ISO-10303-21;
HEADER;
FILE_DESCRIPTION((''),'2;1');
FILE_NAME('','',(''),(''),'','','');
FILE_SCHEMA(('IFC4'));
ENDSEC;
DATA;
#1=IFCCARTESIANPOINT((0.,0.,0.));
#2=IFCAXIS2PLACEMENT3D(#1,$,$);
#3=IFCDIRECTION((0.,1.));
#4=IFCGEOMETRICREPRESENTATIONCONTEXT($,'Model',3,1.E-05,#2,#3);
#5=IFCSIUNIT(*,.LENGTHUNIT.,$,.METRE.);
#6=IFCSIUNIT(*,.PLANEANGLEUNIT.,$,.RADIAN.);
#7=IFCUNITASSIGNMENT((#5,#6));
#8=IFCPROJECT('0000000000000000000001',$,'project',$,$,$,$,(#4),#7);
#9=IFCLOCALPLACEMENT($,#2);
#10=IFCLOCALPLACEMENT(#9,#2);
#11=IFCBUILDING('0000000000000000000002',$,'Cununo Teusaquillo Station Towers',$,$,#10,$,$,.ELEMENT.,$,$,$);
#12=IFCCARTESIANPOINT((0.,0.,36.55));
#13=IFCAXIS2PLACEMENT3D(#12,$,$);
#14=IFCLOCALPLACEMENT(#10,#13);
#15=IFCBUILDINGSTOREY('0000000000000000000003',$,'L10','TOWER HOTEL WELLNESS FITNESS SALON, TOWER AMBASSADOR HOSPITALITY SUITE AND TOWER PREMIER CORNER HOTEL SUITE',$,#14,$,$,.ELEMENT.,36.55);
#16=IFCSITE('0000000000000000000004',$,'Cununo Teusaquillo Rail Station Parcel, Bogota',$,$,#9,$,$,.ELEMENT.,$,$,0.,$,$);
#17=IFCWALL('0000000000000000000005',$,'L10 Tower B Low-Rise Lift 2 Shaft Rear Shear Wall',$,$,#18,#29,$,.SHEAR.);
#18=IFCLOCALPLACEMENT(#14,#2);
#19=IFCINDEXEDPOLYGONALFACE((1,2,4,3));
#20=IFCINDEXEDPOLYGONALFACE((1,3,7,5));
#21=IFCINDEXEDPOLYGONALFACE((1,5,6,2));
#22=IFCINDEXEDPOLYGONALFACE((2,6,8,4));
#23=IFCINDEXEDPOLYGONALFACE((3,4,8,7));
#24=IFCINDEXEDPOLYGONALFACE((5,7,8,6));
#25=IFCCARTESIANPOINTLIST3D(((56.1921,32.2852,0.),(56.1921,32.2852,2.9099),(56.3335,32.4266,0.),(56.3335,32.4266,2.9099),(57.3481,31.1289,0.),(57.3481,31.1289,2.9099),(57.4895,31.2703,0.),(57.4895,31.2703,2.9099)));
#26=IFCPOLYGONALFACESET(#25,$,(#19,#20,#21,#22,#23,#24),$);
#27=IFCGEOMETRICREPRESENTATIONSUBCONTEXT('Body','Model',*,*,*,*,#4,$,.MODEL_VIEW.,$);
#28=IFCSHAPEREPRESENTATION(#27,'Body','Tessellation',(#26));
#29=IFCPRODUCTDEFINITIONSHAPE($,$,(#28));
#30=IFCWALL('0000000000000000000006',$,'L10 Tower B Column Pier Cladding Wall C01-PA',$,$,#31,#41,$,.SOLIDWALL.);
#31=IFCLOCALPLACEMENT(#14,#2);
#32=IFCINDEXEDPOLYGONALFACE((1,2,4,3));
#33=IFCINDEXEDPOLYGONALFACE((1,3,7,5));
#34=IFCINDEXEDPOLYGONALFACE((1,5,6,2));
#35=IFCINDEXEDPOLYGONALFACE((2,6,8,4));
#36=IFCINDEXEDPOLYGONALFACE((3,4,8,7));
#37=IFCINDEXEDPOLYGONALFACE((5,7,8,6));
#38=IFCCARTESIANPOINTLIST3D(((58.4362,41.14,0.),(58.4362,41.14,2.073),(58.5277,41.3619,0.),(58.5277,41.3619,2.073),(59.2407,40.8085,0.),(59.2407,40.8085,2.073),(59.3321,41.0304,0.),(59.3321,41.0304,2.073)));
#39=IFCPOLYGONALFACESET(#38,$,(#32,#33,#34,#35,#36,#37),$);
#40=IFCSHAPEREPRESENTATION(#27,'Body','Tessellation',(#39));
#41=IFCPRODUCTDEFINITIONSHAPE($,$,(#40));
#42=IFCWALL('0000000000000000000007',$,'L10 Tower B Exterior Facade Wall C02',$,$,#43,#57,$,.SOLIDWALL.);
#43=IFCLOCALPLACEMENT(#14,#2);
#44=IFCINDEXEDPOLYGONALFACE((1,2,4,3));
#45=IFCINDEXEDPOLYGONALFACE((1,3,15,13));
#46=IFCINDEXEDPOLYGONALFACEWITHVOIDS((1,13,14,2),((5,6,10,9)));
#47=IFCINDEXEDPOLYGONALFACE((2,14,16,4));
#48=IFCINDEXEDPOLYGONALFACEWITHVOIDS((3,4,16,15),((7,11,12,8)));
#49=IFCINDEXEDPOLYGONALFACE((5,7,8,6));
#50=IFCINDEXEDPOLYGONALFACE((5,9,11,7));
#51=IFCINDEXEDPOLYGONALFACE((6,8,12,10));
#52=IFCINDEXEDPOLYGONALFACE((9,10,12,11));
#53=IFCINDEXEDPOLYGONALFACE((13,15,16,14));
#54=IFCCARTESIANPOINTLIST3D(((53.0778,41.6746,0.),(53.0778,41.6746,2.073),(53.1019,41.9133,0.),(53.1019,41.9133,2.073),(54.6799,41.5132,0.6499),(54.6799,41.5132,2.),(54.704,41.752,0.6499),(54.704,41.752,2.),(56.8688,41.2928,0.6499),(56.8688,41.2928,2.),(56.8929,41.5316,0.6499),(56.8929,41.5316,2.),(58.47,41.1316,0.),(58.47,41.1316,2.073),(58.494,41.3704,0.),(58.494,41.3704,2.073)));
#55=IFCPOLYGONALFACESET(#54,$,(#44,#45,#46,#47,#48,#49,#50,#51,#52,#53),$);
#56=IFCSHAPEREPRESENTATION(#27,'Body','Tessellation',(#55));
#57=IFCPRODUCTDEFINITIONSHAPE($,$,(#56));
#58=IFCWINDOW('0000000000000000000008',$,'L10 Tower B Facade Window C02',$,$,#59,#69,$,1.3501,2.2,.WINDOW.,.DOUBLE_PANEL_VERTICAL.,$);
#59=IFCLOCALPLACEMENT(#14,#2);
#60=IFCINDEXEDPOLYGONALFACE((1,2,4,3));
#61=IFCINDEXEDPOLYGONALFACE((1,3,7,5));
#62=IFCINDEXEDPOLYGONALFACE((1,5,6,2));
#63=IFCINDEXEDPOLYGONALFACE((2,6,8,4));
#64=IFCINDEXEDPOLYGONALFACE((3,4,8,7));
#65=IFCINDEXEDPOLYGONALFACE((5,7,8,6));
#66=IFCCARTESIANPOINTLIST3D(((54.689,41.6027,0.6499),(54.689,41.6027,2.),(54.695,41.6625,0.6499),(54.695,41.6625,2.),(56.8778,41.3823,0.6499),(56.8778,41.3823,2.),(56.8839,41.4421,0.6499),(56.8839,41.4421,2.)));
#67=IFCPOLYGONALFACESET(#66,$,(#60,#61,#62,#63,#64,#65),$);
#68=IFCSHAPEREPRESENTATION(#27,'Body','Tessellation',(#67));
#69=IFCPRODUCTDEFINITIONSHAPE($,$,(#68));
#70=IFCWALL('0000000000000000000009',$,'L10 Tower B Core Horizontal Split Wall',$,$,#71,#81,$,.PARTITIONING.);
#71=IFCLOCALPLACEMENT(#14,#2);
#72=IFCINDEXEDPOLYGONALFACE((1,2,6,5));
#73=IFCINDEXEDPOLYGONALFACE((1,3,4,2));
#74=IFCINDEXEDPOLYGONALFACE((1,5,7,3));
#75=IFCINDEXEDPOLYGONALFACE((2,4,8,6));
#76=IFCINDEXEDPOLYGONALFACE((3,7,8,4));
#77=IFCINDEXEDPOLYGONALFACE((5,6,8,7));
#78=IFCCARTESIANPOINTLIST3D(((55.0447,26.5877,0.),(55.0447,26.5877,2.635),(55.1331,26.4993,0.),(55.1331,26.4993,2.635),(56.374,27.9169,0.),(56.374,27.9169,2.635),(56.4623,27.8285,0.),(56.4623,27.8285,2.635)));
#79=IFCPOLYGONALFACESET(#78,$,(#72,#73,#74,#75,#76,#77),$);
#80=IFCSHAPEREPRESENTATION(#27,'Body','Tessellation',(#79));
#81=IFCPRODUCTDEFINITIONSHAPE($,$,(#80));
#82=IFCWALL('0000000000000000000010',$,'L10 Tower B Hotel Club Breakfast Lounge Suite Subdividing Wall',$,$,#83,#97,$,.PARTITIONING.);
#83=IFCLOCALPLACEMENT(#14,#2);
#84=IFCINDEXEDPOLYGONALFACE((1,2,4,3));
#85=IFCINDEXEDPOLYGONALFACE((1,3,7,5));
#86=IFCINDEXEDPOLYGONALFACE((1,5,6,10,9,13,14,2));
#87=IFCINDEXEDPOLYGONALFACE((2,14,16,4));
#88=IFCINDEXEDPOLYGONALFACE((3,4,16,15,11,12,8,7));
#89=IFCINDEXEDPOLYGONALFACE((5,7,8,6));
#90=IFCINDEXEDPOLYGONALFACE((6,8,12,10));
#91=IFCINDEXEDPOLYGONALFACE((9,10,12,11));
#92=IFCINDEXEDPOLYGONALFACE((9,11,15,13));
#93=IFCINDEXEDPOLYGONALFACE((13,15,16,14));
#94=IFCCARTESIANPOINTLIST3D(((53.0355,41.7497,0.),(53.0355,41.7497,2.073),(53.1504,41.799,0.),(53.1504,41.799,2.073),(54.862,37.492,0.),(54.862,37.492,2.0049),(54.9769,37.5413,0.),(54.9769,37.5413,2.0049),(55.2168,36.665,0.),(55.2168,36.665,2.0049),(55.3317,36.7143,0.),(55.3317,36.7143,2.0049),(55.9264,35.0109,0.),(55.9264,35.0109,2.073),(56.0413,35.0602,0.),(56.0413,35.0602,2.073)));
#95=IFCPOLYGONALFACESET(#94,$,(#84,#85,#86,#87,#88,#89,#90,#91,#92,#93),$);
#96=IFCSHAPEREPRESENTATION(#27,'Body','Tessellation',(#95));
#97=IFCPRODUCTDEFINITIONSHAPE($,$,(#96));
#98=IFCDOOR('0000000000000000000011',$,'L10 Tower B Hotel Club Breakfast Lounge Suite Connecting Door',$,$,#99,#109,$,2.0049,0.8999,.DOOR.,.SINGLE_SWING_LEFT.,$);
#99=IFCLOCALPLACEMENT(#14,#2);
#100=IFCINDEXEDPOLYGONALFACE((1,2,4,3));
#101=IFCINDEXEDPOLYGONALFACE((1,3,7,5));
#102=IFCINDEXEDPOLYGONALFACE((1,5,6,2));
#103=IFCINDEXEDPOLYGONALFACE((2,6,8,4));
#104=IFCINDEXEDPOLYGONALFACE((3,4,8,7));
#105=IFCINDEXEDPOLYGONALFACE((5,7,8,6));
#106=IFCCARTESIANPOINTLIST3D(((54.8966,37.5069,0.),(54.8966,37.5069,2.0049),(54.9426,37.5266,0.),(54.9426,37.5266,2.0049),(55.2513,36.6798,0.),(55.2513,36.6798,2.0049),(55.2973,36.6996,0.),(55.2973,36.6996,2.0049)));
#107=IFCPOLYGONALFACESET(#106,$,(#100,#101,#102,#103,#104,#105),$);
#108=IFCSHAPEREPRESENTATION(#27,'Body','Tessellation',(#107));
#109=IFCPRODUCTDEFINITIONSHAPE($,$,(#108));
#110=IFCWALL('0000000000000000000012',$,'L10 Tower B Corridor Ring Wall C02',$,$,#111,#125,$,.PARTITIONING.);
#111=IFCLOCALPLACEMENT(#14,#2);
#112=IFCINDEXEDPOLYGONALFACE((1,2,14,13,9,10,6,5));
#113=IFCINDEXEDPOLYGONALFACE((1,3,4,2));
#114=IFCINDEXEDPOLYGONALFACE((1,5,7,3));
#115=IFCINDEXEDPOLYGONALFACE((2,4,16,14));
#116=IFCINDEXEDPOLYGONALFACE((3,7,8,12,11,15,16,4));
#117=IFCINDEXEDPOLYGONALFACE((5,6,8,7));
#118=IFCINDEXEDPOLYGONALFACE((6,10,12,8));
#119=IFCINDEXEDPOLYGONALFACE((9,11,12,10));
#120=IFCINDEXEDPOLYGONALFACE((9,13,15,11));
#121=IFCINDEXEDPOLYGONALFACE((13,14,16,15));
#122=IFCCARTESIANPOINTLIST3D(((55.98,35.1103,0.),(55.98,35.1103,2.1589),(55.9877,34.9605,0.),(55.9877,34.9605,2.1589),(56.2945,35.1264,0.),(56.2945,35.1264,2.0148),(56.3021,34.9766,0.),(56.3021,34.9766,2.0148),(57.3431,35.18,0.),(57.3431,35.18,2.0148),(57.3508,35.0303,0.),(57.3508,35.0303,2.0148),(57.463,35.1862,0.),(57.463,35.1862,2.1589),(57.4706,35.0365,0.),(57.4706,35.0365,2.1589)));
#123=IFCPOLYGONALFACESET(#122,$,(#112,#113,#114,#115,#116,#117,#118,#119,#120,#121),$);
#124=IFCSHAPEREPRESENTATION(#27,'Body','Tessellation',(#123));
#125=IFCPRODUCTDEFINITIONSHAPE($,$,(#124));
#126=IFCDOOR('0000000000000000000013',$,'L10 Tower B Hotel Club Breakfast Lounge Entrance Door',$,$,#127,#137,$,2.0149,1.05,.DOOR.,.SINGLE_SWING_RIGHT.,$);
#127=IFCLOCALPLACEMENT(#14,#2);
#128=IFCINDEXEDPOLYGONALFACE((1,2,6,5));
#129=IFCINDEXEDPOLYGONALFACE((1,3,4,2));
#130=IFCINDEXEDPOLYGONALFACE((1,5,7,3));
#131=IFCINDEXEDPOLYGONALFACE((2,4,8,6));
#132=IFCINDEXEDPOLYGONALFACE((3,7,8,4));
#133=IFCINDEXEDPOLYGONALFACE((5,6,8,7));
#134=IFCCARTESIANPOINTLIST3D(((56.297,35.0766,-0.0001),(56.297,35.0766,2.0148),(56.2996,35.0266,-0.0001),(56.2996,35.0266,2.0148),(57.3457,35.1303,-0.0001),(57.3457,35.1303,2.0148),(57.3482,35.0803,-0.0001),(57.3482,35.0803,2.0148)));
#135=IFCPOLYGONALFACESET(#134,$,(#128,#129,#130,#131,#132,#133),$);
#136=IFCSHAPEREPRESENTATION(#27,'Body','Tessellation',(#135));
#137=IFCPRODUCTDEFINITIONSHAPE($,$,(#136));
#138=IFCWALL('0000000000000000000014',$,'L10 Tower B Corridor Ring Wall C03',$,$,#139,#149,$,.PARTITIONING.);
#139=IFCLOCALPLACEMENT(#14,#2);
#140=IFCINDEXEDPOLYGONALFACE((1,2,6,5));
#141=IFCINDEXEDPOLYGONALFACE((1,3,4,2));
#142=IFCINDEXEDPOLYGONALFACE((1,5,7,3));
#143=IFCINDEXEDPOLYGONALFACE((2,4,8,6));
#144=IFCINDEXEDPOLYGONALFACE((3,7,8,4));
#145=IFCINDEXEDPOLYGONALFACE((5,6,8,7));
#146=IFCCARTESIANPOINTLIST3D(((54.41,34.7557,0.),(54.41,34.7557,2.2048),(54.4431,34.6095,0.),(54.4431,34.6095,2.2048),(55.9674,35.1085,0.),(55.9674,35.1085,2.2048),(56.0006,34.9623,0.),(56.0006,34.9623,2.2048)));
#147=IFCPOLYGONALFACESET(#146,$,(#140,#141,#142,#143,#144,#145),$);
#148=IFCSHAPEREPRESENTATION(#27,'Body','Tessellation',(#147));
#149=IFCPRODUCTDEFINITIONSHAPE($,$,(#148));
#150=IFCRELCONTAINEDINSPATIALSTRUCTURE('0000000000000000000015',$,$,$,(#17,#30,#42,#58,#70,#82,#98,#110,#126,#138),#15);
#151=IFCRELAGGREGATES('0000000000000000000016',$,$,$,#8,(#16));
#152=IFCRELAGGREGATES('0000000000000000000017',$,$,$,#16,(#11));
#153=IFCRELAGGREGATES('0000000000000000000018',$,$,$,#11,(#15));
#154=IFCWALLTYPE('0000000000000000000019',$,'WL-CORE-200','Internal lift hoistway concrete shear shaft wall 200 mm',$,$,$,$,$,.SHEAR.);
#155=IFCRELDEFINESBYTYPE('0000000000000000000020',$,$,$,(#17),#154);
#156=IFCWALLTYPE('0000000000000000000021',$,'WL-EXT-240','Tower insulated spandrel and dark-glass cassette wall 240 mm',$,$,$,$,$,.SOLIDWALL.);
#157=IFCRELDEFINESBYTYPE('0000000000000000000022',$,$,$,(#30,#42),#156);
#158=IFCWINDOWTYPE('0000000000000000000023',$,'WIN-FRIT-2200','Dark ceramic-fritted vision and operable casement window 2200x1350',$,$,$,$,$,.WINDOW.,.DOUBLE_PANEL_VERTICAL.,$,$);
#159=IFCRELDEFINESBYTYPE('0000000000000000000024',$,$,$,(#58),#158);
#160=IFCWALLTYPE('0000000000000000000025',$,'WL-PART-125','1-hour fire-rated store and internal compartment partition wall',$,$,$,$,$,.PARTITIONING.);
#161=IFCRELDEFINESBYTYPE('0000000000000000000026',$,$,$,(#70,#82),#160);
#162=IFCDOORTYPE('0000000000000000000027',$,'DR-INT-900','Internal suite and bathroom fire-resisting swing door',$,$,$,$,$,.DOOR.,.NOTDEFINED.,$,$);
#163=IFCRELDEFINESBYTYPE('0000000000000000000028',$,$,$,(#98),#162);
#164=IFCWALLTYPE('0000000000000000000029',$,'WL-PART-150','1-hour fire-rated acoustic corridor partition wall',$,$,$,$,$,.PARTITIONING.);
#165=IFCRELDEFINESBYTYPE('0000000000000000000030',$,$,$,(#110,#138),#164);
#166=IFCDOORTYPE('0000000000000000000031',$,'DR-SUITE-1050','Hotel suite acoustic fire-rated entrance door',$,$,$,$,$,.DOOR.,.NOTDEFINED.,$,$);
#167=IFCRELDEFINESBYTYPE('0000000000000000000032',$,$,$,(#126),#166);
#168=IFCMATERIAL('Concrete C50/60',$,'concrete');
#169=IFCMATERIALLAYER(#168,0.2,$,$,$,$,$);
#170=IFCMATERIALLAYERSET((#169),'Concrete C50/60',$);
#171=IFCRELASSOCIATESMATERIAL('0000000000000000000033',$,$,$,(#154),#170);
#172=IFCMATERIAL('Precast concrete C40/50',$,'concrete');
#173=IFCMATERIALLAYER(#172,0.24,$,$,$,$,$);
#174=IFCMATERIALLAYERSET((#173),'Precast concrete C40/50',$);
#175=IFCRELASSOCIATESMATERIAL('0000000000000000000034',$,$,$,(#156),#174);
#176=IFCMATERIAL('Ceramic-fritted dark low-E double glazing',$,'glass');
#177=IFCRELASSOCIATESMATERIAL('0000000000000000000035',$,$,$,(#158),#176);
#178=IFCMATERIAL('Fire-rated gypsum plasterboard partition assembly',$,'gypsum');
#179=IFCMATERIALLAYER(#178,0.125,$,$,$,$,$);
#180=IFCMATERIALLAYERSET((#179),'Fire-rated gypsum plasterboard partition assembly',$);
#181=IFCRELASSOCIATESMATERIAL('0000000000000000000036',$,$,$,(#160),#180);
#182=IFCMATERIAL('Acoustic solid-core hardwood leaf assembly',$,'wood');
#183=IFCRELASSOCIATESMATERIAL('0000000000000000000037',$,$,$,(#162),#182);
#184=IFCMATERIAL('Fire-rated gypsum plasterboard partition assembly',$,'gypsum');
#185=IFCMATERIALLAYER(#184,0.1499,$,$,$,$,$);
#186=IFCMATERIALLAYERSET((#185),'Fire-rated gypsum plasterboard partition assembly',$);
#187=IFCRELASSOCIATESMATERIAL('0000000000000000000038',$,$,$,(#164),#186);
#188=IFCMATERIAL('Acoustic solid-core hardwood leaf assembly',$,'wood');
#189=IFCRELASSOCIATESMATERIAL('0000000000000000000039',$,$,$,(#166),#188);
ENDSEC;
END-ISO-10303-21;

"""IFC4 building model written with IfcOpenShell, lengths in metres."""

from ifc_helpers import new_model, si_unit, direction, frame, frame_2d, origin, place, context, subcontext, project, spatial, rectangle, extrude, source, transform, mapped, material, layer, layer_set, type_object, element, fill, save


model = new_model("IFC4")

# Units and contexts
model_context = context("Model", 3, precision=1e-05, world=origin(), true_north=direction((0.0, 1.0)))
body_context = subcontext(model_context, "Body", "Model", "MODEL_VIEW")
ifc_project = project(units=[si_unit("LENGTHUNIT", "METRE"), si_unit("PLANEANGLEUNIT", "RADIAN")], contexts=[model_context])

# Site, building, storey
site_placement = place(None, origin())
site = spatial("IfcSite", under=ifc_project, at=site_placement, Name="Cununo Teusaquillo Rail Station Parcel, Bogota", CompositionType="ELEMENT", RefElevation=0.0)
building_placement = place(site_placement, origin())
building = spatial("IfcBuilding", under=site, at=building_placement, Name="Cununo Teusaquillo Station Towers", CompositionType="ELEMENT")
storey_placement = place(building_placement, frame((0.0, 0.0, 36.55)))
storey = spatial("IfcBuildingStorey", under=building, at=storey_placement, Name="L10", Description="TOWER HOTEL WELLNESS FITNESS SALON, TOWER AMBASSADOR HOSPITALITY SUITE AND TOWER PREMIER CORNER HOTEL SUITE", CompositionType="ELEMENT", Elevation=36.55)

# Walls
ifc_material_1 = material(Name="Concrete C50/60", Category="concrete")
ifc_layer_1 = layer(ifc_material_1, 0.2)
ifc_layer_set_1 = layer_set([ifc_layer_1], Name="Concrete C50/60")
wall_type_1 = type_object("IfcWallType", Name="WL-CORE-200", Description="Internal lift hoistway concrete shear shaft wall 200 mm", PredefinedType="SHEAR", material=ifc_layer_set_1)
wall_1_placement = place(storey_placement, frame((57.4187, 31.1997, 0.0), z_axis=(0.0, 0.0, 1.0), x_axis=(-0.707032, 0.707181, 0.0)))
element("IfcWall", 1, at=wall_1_placement, inside=storey, type_object=wall_type_1, Name="L10 Tower B Low-Rise Lift 2 Shaft Rear Shear Wall", PredefinedType="SHEAR", context=body_context, shape_type="SweptSolid", body=[
    extrude(rectangle(XDim=1.635, YDim=0.2, at=frame_2d((0.8174, 0.0))), origin(), (0.0, 0.0, 1.0), 2.9099),
])
ifc_material_2 = material(Name="Precast concrete C40/50", Category="concrete")
ifc_layer_2 = layer(ifc_material_2, 0.24)
ifc_layer_set_2 = layer_set([ifc_layer_2], Name="Precast concrete C40/50")
wall_type_2 = type_object("IfcWallType", Name="WL-EXT-240", Description="Tower insulated spandrel and dark-glass cassette wall 240 mm", PredefinedType="SOLIDWALL", material=ifc_layer_set_2)
wall_2_placement = place(storey_placement, frame((58.4819, 41.251, 0.0), z_axis=(0.0, 0.0, 1.0), x_axis=(0.924556, -0.381046, 0.0)))
element("IfcWall", 2, at=wall_2_placement, inside=storey, type_object=wall_type_2, Name="L10 Tower B Column Pier Cladding Wall C01-PA", PredefinedType="SOLIDWALL", context=body_context, shape_type="SweptSolid", body=[
    extrude(rectangle(XDim=0.8701, YDim=0.24, at=frame_2d((0.4351, 0.0))), origin(), (0.0, 0.0, 1.0), 2.073),
])

# Wall, opening, window
wall_3_placement = place(storey_placement, frame((53.0898, 41.7939, 0.0), z_axis=(0.0, 0.0, 1.0), x_axis=(0.994968, -0.100191, 0.0)))
wall_3 = element("IfcWall", 3, at=wall_3_placement, inside=storey, type_object=wall_type_2, Name="L10 Tower B Exterior Facade Wall C02", PredefinedType="SOLIDWALL", context=body_context, shape_type="SweptSolid", body=[
    extrude(rectangle(XDim=5.4194, YDim=0.24, at=frame_2d((2.7097, 0.0))), origin(), (0.0, 0.0, 1.0), 2.073),
])
shared_shape_1 = source(origin(), body_context, "Body", "SweptSolid", [
    extrude(rectangle(XDim=2.2, YDim=1.3501, at=frame_2d((1.1001, 0.675))), frame((0.0, 0.1299, 0.0), z_axis=(0.0, -1.0, 0.0), x_axis=(1.0, 0.0, 0.0)), (0.0, 0.0, 1.0), 0.26),
])
opening_1_placement = place(wall_3_placement, frame((1.6101, 0.0, 0.6499)))
opening_1 = element("IfcOpeningElement", 4, at=opening_1_placement, cuts=wall_3, PredefinedType="OPENING", context=body_context, shape_type="MappedRepresentation", body=[
    mapped(shared_shape_1, transform((0.0, 0.0, 0.0), x_axis=(1.0, 0.0, 0.0), y_axis=(0.0, 1.0, 0.0), z_axis=(0.0, 0.0, 1.0), scale=1.0)),
])
ifc_material_3 = material(Name="Ceramic-fritted dark low-E double glazing", Category="glass")
window_type = type_object("IfcWindowType", Name="WIN-FRIT-2200", Description="Dark ceramic-fritted vision and operable casement window 2200x1350", PartitioningType="DOUBLE_PANEL_VERTICAL", PredefinedType="WINDOW", material=ifc_material_3)
shared_shape_2 = source(origin(), body_context, "Body", "SweptSolid", [
    extrude(rectangle(XDim=2.2, YDim=1.3501, at=frame_2d((1.1001, 0.675))), frame((0.0, 0.03, 0.0), z_axis=(0.0, -1.0, 0.0), x_axis=(1.0, 0.0, 0.0)), (0.0, 0.0, 1.0), 0.0601),
])
window_placement = place(opening_1_placement, origin())
window = element("IfcWindow", 5, at=window_placement, inside=storey, type_object=window_type, Name="L10 Tower B Facade Window C02", OverallHeight=1.3501, OverallWidth=2.2, PartitioningType="DOUBLE_PANEL_VERTICAL", PredefinedType="WINDOW", context=body_context, shape_type="MappedRepresentation", body=[
    mapped(shared_shape_2, transform((0.0, 0.0, 0.0), x_axis=(1.0, 0.0, 0.0), y_axis=(0.0, 1.0, 0.0), z_axis=(0.0, 0.0, 1.0), scale=1.0)),
])
fill(opening_1, window)

# Wall
ifc_material_4 = material(Name="Fire-rated gypsum plasterboard partition assembly", Category="gypsum")
ifc_layer_3 = layer(ifc_material_4, 0.125)
ifc_layer_set_3 = layer_set([ifc_layer_3], Name="Fire-rated gypsum plasterboard partition assembly")
wall_type_3 = type_object("IfcWallType", Name="WL-PART-125", Description="1-hour fire-rated store and internal compartment partition wall", PredefinedType="PARTITIONING", material=ifc_layer_set_3)
wall_4_placement = place(storey_placement, frame((55.0889, 26.5435, 0.0), z_axis=(0.0, 0.0, 1.0), x_axis=(0.707107, 0.707107, 0.0)))
element("IfcWall", 6, at=wall_4_placement, inside=storey, type_object=wall_type_3, Name="L10 Tower B Core Horizontal Split Wall", PredefinedType="PARTITIONING", context=body_context, shape_type="SweptSolid", body=[
    extrude(rectangle(XDim=1.8799, YDim=0.125, at=frame_2d((0.9399, 0.0))), origin(), (0.0, 0.0, 1.0), 2.635),
])

# Walls, openings, doors
wall_5_placement = place(storey_placement, frame((55.9839, 35.0354, 0.0), z_axis=(0.0, 0.0, 1.0), x_axis=(-0.394245, 0.919005, 0.0)))
wall_5 = element("IfcWall", 7, at=wall_5_placement, inside=storey, type_object=wall_type_3, Name="L10 Tower B Hotel Club Breakfast Lounge Suite Subdividing Wall", PredefinedType="PARTITIONING", context=body_context, shape_type="SweptSolid", body=[
    extrude(rectangle(XDim=7.3328, YDim=0.125, at=frame_2d((3.6665, 0.0))), origin(), (0.0, 0.0, 1.0), 2.073),
])
shared_shape_3 = source(origin(), body_context, "Body", "SweptSolid", [
    extrude(rectangle(XDim=0.8999, YDim=2.0049, at=frame_2d((0.45, 1.0024))), frame((0.0, 0.0725, 0.0), z_axis=(0.0, -1.0, 0.0), x_axis=(1.0, 0.0, 0.0)), (0.0, 0.0, 1.0), 0.145),
])
opening_2_placement = place(wall_5_placement, frame((1.8, 0.0, 0.0)))
opening_2 = element("IfcOpeningElement", 8, at=opening_2_placement, cuts=wall_5, PredefinedType="OPENING", context=body_context, shape_type="MappedRepresentation", body=[
    mapped(shared_shape_3, transform((0.0, 0.0, 0.0), x_axis=(1.0, 0.0, 0.0), y_axis=(0.0, 1.0, 0.0), z_axis=(0.0, 0.0, 1.0), scale=1.0)),
])
ifc_material_5 = material(Name="Acoustic solid-core hardwood leaf assembly", Category="wood")
door_type_1 = type_object("IfcDoorType", Name="DR-INT-900", Description="Internal suite and bathroom fire-resisting swing door", OperationType="NOTDEFINED", PredefinedType="DOOR", material=ifc_material_5)
shared_shape_4 = source(origin(), body_context, "Body", "SweptSolid", [
    extrude(rectangle(XDim=0.8999, YDim=2.0049, at=frame_2d((0.45, 1.0024))), frame((0.0, 0.0249, 0.0), z_axis=(0.0, -1.0, 0.0), x_axis=(1.0, 0.0, 0.0)), (0.0, 0.0, 1.0), 0.05),
])
door_1_placement = place(opening_2_placement, origin())
door_1 = element("IfcDoor", 9, at=door_1_placement, inside=storey, type_object=door_type_1, Name="L10 Tower B Hotel Club Breakfast Lounge Suite Connecting Door", OperationType="SINGLE_SWING_LEFT", OverallHeight=2.0049, OverallWidth=0.8999, PredefinedType="DOOR", context=body_context, shape_type="MappedRepresentation", body=[
    mapped(shared_shape_4, transform((0.0, 0.0, 0.0), x_axis=(1.0, 0.0, 0.0), y_axis=(0.0, 1.0, 0.0), z_axis=(0.0, 0.0, 1.0), scale=1.0)),
])
fill(opening_2, door_1)
ifc_material_6 = material(Name="Fire-rated gypsum plasterboard partition assembly", Category="gypsum")
ifc_layer_4 = layer(ifc_material_6, 0.1499)
ifc_layer_set_4 = layer_set([ifc_layer_4], Name="Fire-rated gypsum plasterboard partition assembly")
wall_type_4 = type_object("IfcWallType", Name="WL-PART-150", Description="1-hour fire-rated acoustic corridor partition wall", PredefinedType="PARTITIONING", material=ifc_layer_set_4)
wall_6_placement = place(storey_placement, frame((57.4668, 35.1113, 0.0), z_axis=(0.0, 0.0, 1.0), x_axis=(-0.998692, -0.051135, 0.0)))
wall_6 = element("IfcWall", 10, at=wall_6_placement, inside=storey, type_object=wall_type_4, Name="L10 Tower B Corridor Ring Wall C02", PredefinedType="PARTITIONING", context=body_context, shape_type="SweptSolid", body=[
    extrude(rectangle(XDim=1.4849, YDim=0.1499, at=frame_2d((0.7424, 0.0))), origin(), (0.0, 0.0, 1.0), 2.1589),
])
shared_shape_5 = source(origin(), body_context, "Body", "SweptSolid", [
    extrude(rectangle(XDim=1.05, YDim=2.0149, at=frame_2d((0.5249, 1.0073))), frame((0.0, 0.085, 0.0), z_axis=(0.0, -1.0, 0.0), x_axis=(1.0, 0.0, 0.0)), (0.0, 0.0, 1.0), 0.1699),
])
opening_3_placement = place(wall_6_placement, frame((0.1201, 0.0, 0.0)))
opening_3 = element("IfcOpeningElement", 11, at=opening_3_placement, cuts=wall_6, PredefinedType="OPENING", context=body_context, shape_type="MappedRepresentation", body=[
    mapped(shared_shape_5, transform((0.0, 0.0, 0.0), x_axis=(1.0, 0.0, 0.0), y_axis=(0.0, 1.0, 0.0), z_axis=(0.0, 0.0, 1.0), scale=1.0)),
])
ifc_material_7 = material(Name="Acoustic solid-core hardwood leaf assembly", Category="wood")
door_type_2 = type_object("IfcDoorType", Name="DR-SUITE-1050", Description="Hotel suite acoustic fire-rated entrance door", OperationType="NOTDEFINED", PredefinedType="DOOR", material=ifc_material_7)
shared_shape_6 = source(origin(), body_context, "Body", "SweptSolid", [
    extrude(rectangle(XDim=1.05, YDim=2.0149, at=frame_2d((0.5249, 1.0073))), frame((0.0, 0.0249, 0.0), z_axis=(0.0, -1.0, 0.0), x_axis=(1.0, 0.0, 0.0)), (0.0, 0.0, 1.0), 0.05),
])
door_2_placement = place(opening_3_placement, origin())
door_2 = element("IfcDoor", 12, at=door_2_placement, inside=storey, type_object=door_type_2, Name="L10 Tower B Hotel Club Breakfast Lounge Entrance Door", OperationType="SINGLE_SWING_RIGHT", OverallHeight=2.0149, OverallWidth=1.05, PredefinedType="DOOR", context=body_context, shape_type="MappedRepresentation", body=[
    mapped(shared_shape_6, transform((0.0, 0.0, 0.0), x_axis=(1.0, 0.0, 0.0), y_axis=(0.0, 1.0, 0.0), z_axis=(0.0, 0.0, 1.0), scale=1.0)),
])
fill(opening_3, door_2)

# Wall
wall_7_placement = place(storey_placement, frame((55.9839, 35.0354, 0.0), z_axis=(0.0, 0.0, 1.0), x_axis=(-0.97529, -0.220927, 0.0)))
element("IfcWall", 13, at=wall_7_placement, inside=storey, type_object=wall_type_4, Name="L10 Tower B Corridor Ring Wall C03", PredefinedType="PARTITIONING", context=body_context, shape_type="SweptSolid", body=[
    extrude(rectangle(XDim=1.5969, YDim=0.1499, at=frame_2d((0.7983, 0.0))), origin(), (0.0, 0.0, 1.0), 2.2048),
])

save(model, "model.ifc")
